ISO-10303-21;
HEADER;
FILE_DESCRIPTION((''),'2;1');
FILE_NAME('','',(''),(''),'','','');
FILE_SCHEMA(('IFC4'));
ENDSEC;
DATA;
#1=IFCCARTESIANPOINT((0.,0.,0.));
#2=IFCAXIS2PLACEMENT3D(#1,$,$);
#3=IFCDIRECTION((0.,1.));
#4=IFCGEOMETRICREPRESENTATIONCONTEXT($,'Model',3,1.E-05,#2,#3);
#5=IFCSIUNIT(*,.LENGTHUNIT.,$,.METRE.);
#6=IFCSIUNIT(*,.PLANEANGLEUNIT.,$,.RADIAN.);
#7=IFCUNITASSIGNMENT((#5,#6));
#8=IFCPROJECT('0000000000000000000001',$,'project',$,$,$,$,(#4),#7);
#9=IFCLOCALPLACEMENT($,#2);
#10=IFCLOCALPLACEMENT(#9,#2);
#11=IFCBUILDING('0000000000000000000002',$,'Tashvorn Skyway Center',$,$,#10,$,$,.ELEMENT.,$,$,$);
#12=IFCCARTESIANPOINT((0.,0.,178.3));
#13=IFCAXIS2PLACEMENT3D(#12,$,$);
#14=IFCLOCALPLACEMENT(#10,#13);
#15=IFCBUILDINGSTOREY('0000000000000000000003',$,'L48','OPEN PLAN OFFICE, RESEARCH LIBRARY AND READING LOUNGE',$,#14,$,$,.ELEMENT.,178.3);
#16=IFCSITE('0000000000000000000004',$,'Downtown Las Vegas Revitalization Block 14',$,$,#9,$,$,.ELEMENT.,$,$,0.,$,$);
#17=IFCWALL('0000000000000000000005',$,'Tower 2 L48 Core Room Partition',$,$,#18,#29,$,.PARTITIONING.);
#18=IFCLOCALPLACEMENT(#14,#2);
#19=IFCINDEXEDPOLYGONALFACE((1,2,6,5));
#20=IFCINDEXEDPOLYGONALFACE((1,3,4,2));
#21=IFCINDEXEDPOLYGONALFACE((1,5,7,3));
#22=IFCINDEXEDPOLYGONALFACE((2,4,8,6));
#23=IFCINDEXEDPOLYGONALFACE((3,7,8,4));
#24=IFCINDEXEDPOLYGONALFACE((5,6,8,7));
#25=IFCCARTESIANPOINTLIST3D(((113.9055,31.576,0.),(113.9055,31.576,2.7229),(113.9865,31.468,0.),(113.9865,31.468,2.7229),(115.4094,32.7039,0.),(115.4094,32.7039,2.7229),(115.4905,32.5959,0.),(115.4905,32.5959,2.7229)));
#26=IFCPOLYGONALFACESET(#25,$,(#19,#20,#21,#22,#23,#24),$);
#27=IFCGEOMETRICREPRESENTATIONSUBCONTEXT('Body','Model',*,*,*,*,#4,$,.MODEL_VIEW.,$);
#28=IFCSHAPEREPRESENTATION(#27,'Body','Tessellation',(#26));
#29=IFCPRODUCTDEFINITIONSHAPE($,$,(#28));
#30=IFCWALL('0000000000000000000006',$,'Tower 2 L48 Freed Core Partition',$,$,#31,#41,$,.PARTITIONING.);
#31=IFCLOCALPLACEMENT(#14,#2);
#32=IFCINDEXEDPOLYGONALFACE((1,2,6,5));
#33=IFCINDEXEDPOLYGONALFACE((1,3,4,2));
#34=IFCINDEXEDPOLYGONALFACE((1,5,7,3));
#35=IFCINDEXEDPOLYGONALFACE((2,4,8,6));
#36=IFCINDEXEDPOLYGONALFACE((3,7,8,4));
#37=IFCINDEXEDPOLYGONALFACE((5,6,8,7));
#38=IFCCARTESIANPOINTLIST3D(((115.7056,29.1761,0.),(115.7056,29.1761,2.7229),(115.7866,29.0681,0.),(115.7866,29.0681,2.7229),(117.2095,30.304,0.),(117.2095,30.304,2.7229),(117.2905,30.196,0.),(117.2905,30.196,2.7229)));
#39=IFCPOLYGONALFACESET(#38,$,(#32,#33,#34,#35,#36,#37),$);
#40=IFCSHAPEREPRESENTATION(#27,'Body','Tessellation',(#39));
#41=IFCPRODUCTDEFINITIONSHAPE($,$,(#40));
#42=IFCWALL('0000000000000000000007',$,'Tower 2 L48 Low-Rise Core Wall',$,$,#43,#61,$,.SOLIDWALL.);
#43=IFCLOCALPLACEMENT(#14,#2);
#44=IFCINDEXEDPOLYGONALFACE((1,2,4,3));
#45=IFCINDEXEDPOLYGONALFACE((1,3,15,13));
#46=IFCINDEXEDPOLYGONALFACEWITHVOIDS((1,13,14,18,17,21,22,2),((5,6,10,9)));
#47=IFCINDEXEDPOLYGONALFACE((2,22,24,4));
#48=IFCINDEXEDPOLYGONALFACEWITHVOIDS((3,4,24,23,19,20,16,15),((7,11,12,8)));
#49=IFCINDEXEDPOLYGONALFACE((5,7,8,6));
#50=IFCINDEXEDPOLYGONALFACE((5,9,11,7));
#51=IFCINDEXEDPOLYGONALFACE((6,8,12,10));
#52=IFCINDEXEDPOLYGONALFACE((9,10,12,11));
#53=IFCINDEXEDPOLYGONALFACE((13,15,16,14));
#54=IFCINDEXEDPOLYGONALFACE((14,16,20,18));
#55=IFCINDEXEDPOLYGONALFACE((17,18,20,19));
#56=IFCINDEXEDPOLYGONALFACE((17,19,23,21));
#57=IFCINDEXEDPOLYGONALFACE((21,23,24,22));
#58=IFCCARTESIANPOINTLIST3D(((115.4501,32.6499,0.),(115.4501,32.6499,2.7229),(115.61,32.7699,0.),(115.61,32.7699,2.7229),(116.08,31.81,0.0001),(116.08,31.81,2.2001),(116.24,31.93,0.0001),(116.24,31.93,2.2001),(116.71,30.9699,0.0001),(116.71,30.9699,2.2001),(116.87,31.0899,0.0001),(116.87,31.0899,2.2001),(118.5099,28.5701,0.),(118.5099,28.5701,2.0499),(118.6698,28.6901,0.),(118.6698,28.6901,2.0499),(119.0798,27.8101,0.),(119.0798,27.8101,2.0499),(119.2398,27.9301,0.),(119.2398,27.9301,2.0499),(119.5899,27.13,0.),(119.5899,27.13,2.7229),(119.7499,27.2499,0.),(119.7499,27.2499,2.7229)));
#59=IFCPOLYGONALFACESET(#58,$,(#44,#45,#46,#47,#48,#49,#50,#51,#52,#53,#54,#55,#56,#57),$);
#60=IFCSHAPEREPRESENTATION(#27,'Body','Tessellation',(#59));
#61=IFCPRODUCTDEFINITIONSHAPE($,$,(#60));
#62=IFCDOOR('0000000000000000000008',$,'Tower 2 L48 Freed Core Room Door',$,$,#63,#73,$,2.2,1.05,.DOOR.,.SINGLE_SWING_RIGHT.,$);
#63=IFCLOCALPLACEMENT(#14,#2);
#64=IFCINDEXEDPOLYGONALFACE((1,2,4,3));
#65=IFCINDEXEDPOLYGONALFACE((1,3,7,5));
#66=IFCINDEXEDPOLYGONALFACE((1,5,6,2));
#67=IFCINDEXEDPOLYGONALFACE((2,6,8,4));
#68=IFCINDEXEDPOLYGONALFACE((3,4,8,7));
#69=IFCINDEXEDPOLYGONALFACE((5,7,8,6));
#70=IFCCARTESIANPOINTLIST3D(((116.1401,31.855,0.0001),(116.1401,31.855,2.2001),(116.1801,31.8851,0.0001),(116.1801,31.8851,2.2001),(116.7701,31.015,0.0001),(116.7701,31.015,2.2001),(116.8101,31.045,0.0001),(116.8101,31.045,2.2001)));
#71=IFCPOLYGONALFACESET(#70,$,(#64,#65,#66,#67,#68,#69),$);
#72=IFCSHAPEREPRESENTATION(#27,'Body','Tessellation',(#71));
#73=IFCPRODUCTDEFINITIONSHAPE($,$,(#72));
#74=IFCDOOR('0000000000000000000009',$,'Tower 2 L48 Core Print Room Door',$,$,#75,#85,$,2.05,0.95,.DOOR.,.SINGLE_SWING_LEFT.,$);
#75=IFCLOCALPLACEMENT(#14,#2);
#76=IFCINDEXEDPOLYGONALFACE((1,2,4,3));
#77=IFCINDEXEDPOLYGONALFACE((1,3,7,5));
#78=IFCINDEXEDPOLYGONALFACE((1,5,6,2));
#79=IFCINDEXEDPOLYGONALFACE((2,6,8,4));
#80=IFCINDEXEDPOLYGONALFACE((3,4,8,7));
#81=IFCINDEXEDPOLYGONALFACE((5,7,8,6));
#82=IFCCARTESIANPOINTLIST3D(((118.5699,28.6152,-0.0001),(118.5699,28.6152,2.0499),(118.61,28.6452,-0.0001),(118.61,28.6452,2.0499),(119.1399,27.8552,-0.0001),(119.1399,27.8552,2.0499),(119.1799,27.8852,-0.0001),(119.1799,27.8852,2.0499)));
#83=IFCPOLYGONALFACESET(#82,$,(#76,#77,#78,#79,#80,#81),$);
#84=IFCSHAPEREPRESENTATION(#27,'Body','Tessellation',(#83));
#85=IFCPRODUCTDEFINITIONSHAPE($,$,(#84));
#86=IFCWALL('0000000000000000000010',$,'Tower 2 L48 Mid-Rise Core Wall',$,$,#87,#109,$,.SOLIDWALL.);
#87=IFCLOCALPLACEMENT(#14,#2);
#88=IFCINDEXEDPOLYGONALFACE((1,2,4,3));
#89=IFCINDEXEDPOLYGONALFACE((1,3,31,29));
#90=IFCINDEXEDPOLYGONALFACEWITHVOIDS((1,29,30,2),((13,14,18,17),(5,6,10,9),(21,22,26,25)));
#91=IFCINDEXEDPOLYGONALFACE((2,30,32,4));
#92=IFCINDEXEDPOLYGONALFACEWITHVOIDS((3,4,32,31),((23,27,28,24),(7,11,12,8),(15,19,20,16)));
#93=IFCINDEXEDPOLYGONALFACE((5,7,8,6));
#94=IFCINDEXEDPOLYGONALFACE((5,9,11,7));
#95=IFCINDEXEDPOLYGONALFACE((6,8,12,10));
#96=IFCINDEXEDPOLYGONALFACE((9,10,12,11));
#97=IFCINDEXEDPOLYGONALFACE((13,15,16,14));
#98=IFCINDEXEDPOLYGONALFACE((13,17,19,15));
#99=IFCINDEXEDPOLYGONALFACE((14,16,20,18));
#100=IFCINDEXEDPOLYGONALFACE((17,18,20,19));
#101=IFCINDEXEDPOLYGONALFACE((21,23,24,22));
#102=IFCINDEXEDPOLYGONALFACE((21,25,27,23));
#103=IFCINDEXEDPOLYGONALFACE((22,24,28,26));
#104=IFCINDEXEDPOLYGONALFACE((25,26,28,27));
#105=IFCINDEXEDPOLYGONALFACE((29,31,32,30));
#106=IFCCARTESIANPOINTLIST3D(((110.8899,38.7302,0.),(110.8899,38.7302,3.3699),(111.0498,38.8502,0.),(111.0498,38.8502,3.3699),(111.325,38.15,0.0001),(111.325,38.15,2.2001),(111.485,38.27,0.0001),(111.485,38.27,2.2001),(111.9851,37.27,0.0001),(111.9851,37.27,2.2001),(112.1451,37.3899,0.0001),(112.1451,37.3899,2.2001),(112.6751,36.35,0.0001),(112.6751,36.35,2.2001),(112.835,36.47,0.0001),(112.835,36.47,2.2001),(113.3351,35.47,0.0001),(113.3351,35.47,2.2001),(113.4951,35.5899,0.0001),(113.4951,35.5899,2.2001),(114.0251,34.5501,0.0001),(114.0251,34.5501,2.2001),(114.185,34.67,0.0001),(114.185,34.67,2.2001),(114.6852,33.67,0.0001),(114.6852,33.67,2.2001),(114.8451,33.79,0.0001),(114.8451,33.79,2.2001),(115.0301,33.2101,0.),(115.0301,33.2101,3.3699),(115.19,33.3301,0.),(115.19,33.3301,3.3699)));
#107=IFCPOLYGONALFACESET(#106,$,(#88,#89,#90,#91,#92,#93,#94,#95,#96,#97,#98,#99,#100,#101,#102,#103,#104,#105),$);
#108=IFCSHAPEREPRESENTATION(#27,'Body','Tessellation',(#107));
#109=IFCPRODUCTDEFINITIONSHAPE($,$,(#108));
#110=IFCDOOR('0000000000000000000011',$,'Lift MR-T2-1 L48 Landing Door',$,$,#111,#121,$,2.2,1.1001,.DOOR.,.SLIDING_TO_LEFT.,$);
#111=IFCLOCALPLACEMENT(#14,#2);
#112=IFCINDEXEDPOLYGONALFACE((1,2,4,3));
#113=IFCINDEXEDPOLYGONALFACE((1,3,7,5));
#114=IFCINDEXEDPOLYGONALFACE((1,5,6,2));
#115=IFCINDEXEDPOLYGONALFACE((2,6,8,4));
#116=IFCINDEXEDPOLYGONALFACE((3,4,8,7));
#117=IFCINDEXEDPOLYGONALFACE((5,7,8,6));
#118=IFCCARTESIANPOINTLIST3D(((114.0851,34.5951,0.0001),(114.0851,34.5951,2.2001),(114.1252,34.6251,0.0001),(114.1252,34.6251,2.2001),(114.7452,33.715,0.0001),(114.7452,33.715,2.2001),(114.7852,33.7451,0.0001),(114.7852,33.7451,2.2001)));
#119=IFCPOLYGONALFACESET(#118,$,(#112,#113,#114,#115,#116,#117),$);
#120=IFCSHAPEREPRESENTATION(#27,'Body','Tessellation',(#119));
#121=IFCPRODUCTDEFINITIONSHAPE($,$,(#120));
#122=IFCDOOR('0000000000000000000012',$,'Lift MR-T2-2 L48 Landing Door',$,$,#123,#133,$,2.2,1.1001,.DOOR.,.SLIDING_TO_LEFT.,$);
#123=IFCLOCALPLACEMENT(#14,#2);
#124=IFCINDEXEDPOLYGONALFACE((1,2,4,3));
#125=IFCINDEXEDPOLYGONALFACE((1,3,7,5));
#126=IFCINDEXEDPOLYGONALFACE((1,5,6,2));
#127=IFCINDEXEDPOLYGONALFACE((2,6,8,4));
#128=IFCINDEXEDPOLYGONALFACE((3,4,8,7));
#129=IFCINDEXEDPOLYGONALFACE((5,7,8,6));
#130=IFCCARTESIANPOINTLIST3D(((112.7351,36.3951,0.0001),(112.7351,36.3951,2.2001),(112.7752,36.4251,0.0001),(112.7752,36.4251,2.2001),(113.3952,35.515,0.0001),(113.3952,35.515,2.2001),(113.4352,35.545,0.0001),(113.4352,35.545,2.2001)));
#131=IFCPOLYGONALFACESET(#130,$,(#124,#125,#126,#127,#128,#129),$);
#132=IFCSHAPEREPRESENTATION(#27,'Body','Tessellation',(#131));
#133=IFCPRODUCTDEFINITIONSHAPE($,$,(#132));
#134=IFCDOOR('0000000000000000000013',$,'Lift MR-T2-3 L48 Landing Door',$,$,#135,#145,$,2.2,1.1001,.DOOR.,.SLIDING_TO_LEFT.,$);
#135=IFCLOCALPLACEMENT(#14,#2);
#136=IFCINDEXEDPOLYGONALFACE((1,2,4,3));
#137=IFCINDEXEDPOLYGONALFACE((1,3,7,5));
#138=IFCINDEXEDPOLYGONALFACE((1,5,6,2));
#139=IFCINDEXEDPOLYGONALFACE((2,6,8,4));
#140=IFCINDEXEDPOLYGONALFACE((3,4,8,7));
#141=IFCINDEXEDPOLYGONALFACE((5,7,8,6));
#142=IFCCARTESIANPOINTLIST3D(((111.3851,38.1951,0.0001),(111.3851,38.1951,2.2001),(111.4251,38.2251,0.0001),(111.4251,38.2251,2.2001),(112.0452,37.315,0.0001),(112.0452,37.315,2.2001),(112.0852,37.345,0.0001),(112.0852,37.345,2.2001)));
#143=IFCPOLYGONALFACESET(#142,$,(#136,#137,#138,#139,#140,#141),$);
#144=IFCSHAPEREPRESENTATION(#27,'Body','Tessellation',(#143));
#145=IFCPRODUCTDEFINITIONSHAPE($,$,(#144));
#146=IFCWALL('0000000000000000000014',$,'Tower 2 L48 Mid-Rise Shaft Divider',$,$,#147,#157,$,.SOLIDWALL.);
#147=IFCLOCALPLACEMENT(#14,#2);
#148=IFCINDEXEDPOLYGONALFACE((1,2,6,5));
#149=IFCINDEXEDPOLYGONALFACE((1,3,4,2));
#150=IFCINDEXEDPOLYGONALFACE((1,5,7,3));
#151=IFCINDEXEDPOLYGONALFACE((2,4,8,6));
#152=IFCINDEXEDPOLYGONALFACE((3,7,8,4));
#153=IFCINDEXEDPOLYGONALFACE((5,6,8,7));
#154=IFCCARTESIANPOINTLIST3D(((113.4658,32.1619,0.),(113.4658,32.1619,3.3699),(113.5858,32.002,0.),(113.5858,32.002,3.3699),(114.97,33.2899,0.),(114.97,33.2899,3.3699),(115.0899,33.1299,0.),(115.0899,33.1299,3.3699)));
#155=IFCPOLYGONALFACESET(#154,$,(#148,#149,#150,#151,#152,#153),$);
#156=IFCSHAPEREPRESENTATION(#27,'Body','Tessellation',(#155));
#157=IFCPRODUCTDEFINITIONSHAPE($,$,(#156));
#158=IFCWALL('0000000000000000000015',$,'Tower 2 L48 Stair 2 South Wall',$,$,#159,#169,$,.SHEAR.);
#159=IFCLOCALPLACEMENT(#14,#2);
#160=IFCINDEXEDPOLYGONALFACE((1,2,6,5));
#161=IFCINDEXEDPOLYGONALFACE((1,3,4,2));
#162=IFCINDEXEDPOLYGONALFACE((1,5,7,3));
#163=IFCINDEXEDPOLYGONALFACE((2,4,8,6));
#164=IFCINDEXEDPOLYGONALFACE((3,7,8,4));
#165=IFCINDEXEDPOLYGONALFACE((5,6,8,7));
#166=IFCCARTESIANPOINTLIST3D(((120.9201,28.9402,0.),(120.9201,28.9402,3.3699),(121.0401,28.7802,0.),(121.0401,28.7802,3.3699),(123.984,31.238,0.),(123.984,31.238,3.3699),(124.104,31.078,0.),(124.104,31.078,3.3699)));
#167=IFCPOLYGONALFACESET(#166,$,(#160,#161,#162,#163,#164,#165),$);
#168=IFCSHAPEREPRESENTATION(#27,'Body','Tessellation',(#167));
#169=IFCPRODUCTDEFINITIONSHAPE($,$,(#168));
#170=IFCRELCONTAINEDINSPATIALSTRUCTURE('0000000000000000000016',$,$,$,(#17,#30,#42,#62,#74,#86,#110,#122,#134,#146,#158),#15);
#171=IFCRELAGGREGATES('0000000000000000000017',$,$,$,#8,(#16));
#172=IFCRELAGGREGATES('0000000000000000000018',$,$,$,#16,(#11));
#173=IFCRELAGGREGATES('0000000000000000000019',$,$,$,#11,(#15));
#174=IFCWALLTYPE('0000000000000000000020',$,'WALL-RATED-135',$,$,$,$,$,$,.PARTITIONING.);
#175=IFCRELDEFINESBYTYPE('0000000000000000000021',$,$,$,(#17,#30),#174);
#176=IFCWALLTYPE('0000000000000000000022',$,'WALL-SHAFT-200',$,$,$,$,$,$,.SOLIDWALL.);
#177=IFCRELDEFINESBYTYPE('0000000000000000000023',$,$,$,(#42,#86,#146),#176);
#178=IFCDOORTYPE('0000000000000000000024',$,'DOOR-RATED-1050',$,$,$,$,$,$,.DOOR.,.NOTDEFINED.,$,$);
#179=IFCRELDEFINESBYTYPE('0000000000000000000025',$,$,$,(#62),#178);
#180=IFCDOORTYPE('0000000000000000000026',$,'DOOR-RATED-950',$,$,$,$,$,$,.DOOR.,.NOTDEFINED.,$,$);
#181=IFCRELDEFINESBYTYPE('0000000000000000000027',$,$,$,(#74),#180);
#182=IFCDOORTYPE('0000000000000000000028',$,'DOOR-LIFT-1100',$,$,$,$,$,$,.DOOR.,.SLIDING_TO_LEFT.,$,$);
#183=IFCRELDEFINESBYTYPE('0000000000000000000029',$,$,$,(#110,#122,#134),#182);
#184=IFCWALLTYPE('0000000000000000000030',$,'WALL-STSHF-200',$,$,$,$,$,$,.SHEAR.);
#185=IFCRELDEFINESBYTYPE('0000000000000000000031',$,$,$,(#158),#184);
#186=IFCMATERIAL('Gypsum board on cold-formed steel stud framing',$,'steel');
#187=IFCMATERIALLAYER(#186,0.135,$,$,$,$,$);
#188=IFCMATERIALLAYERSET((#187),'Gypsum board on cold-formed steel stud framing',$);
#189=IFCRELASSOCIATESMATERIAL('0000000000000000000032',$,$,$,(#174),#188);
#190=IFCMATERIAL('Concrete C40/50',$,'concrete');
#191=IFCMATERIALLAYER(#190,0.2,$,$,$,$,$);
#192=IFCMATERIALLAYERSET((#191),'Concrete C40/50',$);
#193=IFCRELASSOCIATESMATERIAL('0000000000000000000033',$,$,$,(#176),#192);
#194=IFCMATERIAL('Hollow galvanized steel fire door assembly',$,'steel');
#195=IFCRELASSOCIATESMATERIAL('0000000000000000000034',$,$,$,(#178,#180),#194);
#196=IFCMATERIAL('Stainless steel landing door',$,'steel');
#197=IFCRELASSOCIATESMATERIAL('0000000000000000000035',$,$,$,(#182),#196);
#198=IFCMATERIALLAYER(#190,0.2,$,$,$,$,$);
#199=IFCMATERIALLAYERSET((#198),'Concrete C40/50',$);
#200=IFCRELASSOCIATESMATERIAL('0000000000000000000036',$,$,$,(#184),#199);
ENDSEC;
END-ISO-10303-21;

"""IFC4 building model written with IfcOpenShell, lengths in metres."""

from ifc_helpers import new_model, si_unit, direction, frame, frame_2d, origin, place, context, subcontext, project, spatial, rectangle, extrude, material, layer, layer_set, type_object, element, fill, save


model = new_model("IFC4")

# Units and contexts
model_context = context("Model", 3, precision=1e-05, world=origin(), true_north=direction((0.0, 1.0)))
body_context = subcontext(model_context, "Body", "Model", "MODEL_VIEW")
ifc_project = project(units=[si_unit("LENGTHUNIT", "METRE"), si_unit("PLANEANGLEUNIT", "RADIAN")], contexts=[model_context])

# Site, building, storey
site_placement = place(None, origin())
site = spatial("IfcSite", under=ifc_project, at=site_placement, Name="Downtown Las Vegas Revitalization Block 14", CompositionType="ELEMENT", RefElevation=0.0)
building_placement = place(site_placement, origin())
building = spatial("IfcBuilding", under=site, at=building_placement, Name="Tashvorn Skyway Center", CompositionType="ELEMENT")
storey_placement = place(building_placement, frame((0.0, 0.0, 178.3)))
storey = spatial("IfcBuildingStorey", under=building, at=storey_placement, Name="L48", Description="OPEN PLAN OFFICE, RESEARCH LIBRARY AND READING LOUNGE", CompositionType="ELEMENT", Elevation=178.3)

# Shared definitions
ifc_material_1 = material(Name="Hollow galvanized steel fire door assembly", Category="steel")

# Shared definitions
ifc_material_2 = material(Name="Concrete C40/50", Category="concrete")
ifc_material_3 = material(Name="Gypsum board on cold-formed steel stud framing", Category="steel")

# Walls
ifc_layer_1 = layer(ifc_material_3, 0.135)
ifc_layer_set_1 = layer_set([ifc_layer_1], Name="Gypsum board on cold-formed steel stud framing")
wall_type_1 = type_object("IfcWallType", Name="WALL-RATED-135", PredefinedType="PARTITIONING", material=ifc_layer_set_1)
for number, where, z_axis, x_axis, name in (
    (1, (113.946, 31.522, 0.0), (0.0, 0.0, 1.0), (0.8, 0.6, 0.0), "Tower 2 L48 Core Room Partition"),
    (2, (115.7461, 29.1221, 0.0), (0.0, 0.0, 1.0), (0.8, 0.6, 0.0), "Tower 2 L48 Freed Core Partition"),
):
    element("IfcWall", number, at=place(storey_placement, frame(where, z_axis=z_axis, x_axis=x_axis)), inside=storey, type_object=wall_type_1, Name=name, PredefinedType="PARTITIONING", context=body_context, shape_type="SweptSolid", body=[
        extrude(rectangle(XDim=1.8799, YDim=0.135, at=frame_2d((0.9399, 0.0))), origin(), (0.0, 0.0, 1.0), 2.7229),
    ])

# Walls, openings, doors
ifc_layer_2 = layer(ifc_material_2, 0.2)
ifc_layer_set_2 = layer_set([ifc_layer_2], Name="Concrete C40/50")
wall_type_2 = type_object("IfcWallType", Name="WALL-SHAFT-200", PredefinedType="SOLIDWALL", material=ifc_layer_set_2)
wall_1_placement = place(storey_placement, frame((119.6699, 27.1899, 0.0), z_axis=(0.0, 0.0, 1.0), x_axis=(-0.599989, 0.800008, 0.0)))
wall_1 = element("IfcWall", 3, at=wall_1_placement, inside=storey, type_object=wall_type_2, Name="Tower 2 L48 Low-Rise Core Wall", PredefinedType="SOLIDWALL", context=body_context, shape_type="SweptSolid", body=[
    extrude(rectangle(XDim=6.8999, YDim=0.2, at=frame_2d((3.45, 0.0))), origin(), (0.0, 0.0, 1.0), 2.7229),
])
opening_1_placement = place(wall_1_placement, frame((0.8501, 0.0, 0.0)))
opening_1 = element("IfcOpeningElement", 4, at=opening_1_placement, cuts=wall_1, PredefinedType="OPENING", context=body_context, shape_type="SweptSolid", body=[
    extrude(rectangle(XDim=0.95, YDim=2.05, at=frame_2d((0.4751, 1.0249))), frame((0.0, 0.1099, 0.0), z_axis=(0.0, -1.0, 0.0), x_axis=(1.0, 0.0, 0.0)), (0.0, 0.0, 1.0), 0.22),
])
opening_2_placement = place(wall_1_placement, frame((4.8, 0.0, 0.0)))
opening_2 = element("IfcOpeningElement", 5, at=opening_2_placement, cuts=wall_1, PredefinedType="OPENING", context=body_context, shape_type="SweptSolid", body=[
    extrude(rectangle(XDim=1.05, YDim=2.2, at=frame_2d((0.5249, 1.1001))), frame((0.0, 0.1099, 0.0), z_axis=(0.0, -1.0, 0.0), x_axis=(1.0, 0.0, 0.0)), (0.0, 0.0, 1.0), 0.22),
])
door_type_1 = type_object("IfcDoorType", Name="DOOR-RATED-1050", OperationType="NOTDEFINED", PredefinedType="DOOR", material=ifc_material_1)
door_1_placement = place(opening_2_placement, origin())
door_1 = element("IfcDoor", 6, at=door_1_placement, inside=storey, type_object=door_type_1, Name="Tower 2 L48 Freed Core Room Door", OperationType="SINGLE_SWING_RIGHT", OverallHeight=2.2, OverallWidth=1.05, PredefinedType="DOOR", context=body_context, shape_type="SweptSolid", body=[
    extrude(rectangle(XDim=1.05, YDim=2.2, at=frame_2d((0.5249, 1.1001))), frame((0.0, 0.0249, 0.0), z_axis=(0.0, -1.0, 0.0), x_axis=(1.0, 0.0, 0.0)), (0.0, 0.0, 1.0), 0.05),
])
fill(opening_2, door_1)
door_type_2 = type_object("IfcDoorType", Name="DOOR-RATED-950", OperationType="NOTDEFINED", PredefinedType="DOOR", material=ifc_material_1)
door_2_placement = place(opening_1_placement, origin())
door_2 = element("IfcDoor", 7, at=door_2_placement, inside=storey, type_object=door_type_2, Name="Tower 2 L48 Core Print Room Door", OperationType="SINGLE_SWING_LEFT", OverallHeight=2.05, OverallWidth=0.95, PredefinedType="DOOR", context=body_context, shape_type="SweptSolid", body=[
    extrude(rectangle(XDim=0.95, YDim=2.05, at=frame_2d((0.4751, 1.0249))), frame((0.0, 0.0249, 0.0), z_axis=(0.0, -1.0, 0.0), x_axis=(1.0, 0.0, 0.0)), (0.0, 0.0, 1.0), 0.05),
])
fill(opening_1, door_2)
wall_2_placement = place(storey_placement, frame((115.1101, 33.27, 0.0), z_axis=(0.0, 0.0, 1.0), x_axis=(-0.600011, 0.799992, 0.0)))
wall_2 = element("IfcWall", 8, at=wall_2_placement, inside=storey, type_object=wall_type_2, Name="Tower 2 L48 Mid-Rise Core Wall", PredefinedType="SOLIDWALL", context=body_context, shape_type="SweptSolid", body=[
    extrude(rectangle(XDim=6.9001, YDim=0.2, at=frame_2d((3.4502, 0.0))), origin(), (0.0, 0.0, 1.0), 3.3699),
])
opening_3_placement = place(wall_2_placement, frame((0.575, 0.0, 0.0)))
opening_3 = element("IfcOpeningElement", 9, at=opening_3_placement, cuts=wall_2, PredefinedType="OPENING", context=body_context, shape_type="SweptSolid", body=[
    extrude(rectangle(XDim=1.1001, YDim=2.2, at=frame_2d((0.55, 1.1001))), frame((0.0, 0.1099, 0.0), z_axis=(0.0, -1.0, 0.0), x_axis=(1.0, 0.0, 0.0)), (0.0, 0.0, 1.0), 0.22),
])
opening_4_placement = place(wall_2_placement, frame((2.825, 0.0, 0.0)))
opening_4 = element("IfcOpeningElement", 10, at=opening_4_placement, cuts=wall_2, PredefinedType="OPENING", context=body_context, shape_type="SweptSolid", body=[
    extrude(rectangle(XDim=1.1001, YDim=2.2, at=frame_2d((0.55, 1.1001))), frame((0.0, 0.1099, 0.0), z_axis=(0.0, -1.0, 0.0), x_axis=(1.0, 0.0, 0.0)), (0.0, 0.0, 1.0), 0.22),
])
opening_5_placement = place(wall_2_placement, frame((5.075, 0.0, 0.0)))
opening_5 = element("IfcOpeningElement", 11, at=opening_5_placement, cuts=wall_2, PredefinedType="OPENING", context=body_context, shape_type="SweptSolid", body=[
    extrude(rectangle(XDim=1.1001, YDim=2.2, at=frame_2d((0.55, 1.1001))), frame((0.0, 0.1099, 0.0), z_axis=(0.0, -1.0, 0.0), x_axis=(1.0, 0.0, 0.0)), (0.0, 0.0, 1.0), 0.22),
])
ifc_material_4 = material(Name="Stainless steel landing door", Category="steel")
door_type_3 = type_object("IfcDoorType", Name="DOOR-LIFT-1100", OperationType="SLIDING_TO_LEFT", PredefinedType="DOOR", material=ifc_material_4)
door_3_placement = place(opening_3_placement, origin())
door_3 = element("IfcDoor", 12, at=door_3_placement, inside=storey, type_object=door_type_3, Name="Lift MR-T2-1 L48 Landing Door", OperationType="SLIDING_TO_LEFT", OverallHeight=2.2, OverallWidth=1.1001, PredefinedType="DOOR", context=body_context, shape_type="SweptSolid", body=[
    extrude(rectangle(XDim=1.1001, YDim=2.2, at=frame_2d((0.55, 1.1001))), frame((0.0, 0.0249, 0.0), z_axis=(0.0, -1.0, 0.0), x_axis=(1.0, 0.0, 0.0)), (0.0, 0.0, 1.0), 0.05),
])
fill(opening_3, door_3)
door_4_placement = place(opening_4_placement, origin())
door_4 = element("IfcDoor", 13, at=door_4_placement, inside=storey, type_object=door_type_3, Name="Lift MR-T2-2 L48 Landing Door", OperationType="SLIDING_TO_LEFT", OverallHeight=2.2, OverallWidth=1.1001, PredefinedType="DOOR", context=body_context, shape_type="SweptSolid", body=[
    extrude(rectangle(XDim=1.1001, YDim=2.2, at=frame_2d((0.55, 1.1001))), frame((0.0, 0.0249, 0.0), z_axis=(0.0, -1.0, 0.0), x_axis=(1.0, 0.0, 0.0)), (0.0, 0.0, 1.0), 0.05),
])
fill(opening_4, door_4)
door_5_placement = place(opening_5_placement, origin())
door_5 = element("IfcDoor", 14, at=door_5_placement, inside=storey, type_object=door_type_3, Name="Lift MR-T2-3 L48 Landing Door", OperationType="SLIDING_TO_LEFT", OverallHeight=2.2, OverallWidth=1.1001, PredefinedType="DOOR", context=body_context, shape_type="SweptSolid", body=[
    extrude(rectangle(XDim=1.1001, YDim=2.2, at=frame_2d((0.55, 1.1001))), frame((0.0, 0.0249, 0.0), z_axis=(0.0, -1.0, 0.0), x_axis=(1.0, 0.0, 0.0)), (0.0, 0.0, 1.0), 0.05),
])
fill(opening_5, door_5)

# Walls
wall_3_placement = place(storey_placement, frame((113.5259, 32.082, 0.0), z_axis=(0.0, 0.0, 1.0), x_axis=(0.800047, 0.599938, 0.0)))
element("IfcWall", 15, at=wall_3_placement, inside=storey, type_object=wall_type_2, Name="Tower 2 L48 Mid-Rise Shaft Divider", PredefinedType="SOLIDWALL", context=body_context, shape_type="SweptSolid", body=[
    extrude(rectangle(XDim=1.8801, YDim=0.2, at=frame_2d((0.9399, 0.0))), origin(), (0.0, 0.0, 1.0), 3.3699),
])
ifc_layer_3 = layer(ifc_material_2, 0.2)
ifc_layer_set_3 = layer_set([ifc_layer_3], Name="Concrete C40/50")
wall_type_3 = type_object("IfcWallType", Name="WALL-STSHF-200", PredefinedType="SHEAR", material=ifc_layer_set_3)
wall_4_placement = place(storey_placement, frame((120.98, 28.8601, 0.0), z_axis=(0.0, 0.0, 1.0), x_axis=(0.800015, 0.59998, 0.0)))
element("IfcWall", 16, at=wall_4_placement, inside=storey, type_object=wall_type_3, Name="Tower 2 L48 Stair 2 South Wall", PredefinedType="SHEAR", context=body_context, shape_type="SweptSolid", body=[
    extrude(rectangle(XDim=3.8298, YDim=0.2, at=frame_2d((1.915, 0.0))), origin(), (0.0, 0.0, 1.0), 3.3699),
])

save(model, "model.ifc")
